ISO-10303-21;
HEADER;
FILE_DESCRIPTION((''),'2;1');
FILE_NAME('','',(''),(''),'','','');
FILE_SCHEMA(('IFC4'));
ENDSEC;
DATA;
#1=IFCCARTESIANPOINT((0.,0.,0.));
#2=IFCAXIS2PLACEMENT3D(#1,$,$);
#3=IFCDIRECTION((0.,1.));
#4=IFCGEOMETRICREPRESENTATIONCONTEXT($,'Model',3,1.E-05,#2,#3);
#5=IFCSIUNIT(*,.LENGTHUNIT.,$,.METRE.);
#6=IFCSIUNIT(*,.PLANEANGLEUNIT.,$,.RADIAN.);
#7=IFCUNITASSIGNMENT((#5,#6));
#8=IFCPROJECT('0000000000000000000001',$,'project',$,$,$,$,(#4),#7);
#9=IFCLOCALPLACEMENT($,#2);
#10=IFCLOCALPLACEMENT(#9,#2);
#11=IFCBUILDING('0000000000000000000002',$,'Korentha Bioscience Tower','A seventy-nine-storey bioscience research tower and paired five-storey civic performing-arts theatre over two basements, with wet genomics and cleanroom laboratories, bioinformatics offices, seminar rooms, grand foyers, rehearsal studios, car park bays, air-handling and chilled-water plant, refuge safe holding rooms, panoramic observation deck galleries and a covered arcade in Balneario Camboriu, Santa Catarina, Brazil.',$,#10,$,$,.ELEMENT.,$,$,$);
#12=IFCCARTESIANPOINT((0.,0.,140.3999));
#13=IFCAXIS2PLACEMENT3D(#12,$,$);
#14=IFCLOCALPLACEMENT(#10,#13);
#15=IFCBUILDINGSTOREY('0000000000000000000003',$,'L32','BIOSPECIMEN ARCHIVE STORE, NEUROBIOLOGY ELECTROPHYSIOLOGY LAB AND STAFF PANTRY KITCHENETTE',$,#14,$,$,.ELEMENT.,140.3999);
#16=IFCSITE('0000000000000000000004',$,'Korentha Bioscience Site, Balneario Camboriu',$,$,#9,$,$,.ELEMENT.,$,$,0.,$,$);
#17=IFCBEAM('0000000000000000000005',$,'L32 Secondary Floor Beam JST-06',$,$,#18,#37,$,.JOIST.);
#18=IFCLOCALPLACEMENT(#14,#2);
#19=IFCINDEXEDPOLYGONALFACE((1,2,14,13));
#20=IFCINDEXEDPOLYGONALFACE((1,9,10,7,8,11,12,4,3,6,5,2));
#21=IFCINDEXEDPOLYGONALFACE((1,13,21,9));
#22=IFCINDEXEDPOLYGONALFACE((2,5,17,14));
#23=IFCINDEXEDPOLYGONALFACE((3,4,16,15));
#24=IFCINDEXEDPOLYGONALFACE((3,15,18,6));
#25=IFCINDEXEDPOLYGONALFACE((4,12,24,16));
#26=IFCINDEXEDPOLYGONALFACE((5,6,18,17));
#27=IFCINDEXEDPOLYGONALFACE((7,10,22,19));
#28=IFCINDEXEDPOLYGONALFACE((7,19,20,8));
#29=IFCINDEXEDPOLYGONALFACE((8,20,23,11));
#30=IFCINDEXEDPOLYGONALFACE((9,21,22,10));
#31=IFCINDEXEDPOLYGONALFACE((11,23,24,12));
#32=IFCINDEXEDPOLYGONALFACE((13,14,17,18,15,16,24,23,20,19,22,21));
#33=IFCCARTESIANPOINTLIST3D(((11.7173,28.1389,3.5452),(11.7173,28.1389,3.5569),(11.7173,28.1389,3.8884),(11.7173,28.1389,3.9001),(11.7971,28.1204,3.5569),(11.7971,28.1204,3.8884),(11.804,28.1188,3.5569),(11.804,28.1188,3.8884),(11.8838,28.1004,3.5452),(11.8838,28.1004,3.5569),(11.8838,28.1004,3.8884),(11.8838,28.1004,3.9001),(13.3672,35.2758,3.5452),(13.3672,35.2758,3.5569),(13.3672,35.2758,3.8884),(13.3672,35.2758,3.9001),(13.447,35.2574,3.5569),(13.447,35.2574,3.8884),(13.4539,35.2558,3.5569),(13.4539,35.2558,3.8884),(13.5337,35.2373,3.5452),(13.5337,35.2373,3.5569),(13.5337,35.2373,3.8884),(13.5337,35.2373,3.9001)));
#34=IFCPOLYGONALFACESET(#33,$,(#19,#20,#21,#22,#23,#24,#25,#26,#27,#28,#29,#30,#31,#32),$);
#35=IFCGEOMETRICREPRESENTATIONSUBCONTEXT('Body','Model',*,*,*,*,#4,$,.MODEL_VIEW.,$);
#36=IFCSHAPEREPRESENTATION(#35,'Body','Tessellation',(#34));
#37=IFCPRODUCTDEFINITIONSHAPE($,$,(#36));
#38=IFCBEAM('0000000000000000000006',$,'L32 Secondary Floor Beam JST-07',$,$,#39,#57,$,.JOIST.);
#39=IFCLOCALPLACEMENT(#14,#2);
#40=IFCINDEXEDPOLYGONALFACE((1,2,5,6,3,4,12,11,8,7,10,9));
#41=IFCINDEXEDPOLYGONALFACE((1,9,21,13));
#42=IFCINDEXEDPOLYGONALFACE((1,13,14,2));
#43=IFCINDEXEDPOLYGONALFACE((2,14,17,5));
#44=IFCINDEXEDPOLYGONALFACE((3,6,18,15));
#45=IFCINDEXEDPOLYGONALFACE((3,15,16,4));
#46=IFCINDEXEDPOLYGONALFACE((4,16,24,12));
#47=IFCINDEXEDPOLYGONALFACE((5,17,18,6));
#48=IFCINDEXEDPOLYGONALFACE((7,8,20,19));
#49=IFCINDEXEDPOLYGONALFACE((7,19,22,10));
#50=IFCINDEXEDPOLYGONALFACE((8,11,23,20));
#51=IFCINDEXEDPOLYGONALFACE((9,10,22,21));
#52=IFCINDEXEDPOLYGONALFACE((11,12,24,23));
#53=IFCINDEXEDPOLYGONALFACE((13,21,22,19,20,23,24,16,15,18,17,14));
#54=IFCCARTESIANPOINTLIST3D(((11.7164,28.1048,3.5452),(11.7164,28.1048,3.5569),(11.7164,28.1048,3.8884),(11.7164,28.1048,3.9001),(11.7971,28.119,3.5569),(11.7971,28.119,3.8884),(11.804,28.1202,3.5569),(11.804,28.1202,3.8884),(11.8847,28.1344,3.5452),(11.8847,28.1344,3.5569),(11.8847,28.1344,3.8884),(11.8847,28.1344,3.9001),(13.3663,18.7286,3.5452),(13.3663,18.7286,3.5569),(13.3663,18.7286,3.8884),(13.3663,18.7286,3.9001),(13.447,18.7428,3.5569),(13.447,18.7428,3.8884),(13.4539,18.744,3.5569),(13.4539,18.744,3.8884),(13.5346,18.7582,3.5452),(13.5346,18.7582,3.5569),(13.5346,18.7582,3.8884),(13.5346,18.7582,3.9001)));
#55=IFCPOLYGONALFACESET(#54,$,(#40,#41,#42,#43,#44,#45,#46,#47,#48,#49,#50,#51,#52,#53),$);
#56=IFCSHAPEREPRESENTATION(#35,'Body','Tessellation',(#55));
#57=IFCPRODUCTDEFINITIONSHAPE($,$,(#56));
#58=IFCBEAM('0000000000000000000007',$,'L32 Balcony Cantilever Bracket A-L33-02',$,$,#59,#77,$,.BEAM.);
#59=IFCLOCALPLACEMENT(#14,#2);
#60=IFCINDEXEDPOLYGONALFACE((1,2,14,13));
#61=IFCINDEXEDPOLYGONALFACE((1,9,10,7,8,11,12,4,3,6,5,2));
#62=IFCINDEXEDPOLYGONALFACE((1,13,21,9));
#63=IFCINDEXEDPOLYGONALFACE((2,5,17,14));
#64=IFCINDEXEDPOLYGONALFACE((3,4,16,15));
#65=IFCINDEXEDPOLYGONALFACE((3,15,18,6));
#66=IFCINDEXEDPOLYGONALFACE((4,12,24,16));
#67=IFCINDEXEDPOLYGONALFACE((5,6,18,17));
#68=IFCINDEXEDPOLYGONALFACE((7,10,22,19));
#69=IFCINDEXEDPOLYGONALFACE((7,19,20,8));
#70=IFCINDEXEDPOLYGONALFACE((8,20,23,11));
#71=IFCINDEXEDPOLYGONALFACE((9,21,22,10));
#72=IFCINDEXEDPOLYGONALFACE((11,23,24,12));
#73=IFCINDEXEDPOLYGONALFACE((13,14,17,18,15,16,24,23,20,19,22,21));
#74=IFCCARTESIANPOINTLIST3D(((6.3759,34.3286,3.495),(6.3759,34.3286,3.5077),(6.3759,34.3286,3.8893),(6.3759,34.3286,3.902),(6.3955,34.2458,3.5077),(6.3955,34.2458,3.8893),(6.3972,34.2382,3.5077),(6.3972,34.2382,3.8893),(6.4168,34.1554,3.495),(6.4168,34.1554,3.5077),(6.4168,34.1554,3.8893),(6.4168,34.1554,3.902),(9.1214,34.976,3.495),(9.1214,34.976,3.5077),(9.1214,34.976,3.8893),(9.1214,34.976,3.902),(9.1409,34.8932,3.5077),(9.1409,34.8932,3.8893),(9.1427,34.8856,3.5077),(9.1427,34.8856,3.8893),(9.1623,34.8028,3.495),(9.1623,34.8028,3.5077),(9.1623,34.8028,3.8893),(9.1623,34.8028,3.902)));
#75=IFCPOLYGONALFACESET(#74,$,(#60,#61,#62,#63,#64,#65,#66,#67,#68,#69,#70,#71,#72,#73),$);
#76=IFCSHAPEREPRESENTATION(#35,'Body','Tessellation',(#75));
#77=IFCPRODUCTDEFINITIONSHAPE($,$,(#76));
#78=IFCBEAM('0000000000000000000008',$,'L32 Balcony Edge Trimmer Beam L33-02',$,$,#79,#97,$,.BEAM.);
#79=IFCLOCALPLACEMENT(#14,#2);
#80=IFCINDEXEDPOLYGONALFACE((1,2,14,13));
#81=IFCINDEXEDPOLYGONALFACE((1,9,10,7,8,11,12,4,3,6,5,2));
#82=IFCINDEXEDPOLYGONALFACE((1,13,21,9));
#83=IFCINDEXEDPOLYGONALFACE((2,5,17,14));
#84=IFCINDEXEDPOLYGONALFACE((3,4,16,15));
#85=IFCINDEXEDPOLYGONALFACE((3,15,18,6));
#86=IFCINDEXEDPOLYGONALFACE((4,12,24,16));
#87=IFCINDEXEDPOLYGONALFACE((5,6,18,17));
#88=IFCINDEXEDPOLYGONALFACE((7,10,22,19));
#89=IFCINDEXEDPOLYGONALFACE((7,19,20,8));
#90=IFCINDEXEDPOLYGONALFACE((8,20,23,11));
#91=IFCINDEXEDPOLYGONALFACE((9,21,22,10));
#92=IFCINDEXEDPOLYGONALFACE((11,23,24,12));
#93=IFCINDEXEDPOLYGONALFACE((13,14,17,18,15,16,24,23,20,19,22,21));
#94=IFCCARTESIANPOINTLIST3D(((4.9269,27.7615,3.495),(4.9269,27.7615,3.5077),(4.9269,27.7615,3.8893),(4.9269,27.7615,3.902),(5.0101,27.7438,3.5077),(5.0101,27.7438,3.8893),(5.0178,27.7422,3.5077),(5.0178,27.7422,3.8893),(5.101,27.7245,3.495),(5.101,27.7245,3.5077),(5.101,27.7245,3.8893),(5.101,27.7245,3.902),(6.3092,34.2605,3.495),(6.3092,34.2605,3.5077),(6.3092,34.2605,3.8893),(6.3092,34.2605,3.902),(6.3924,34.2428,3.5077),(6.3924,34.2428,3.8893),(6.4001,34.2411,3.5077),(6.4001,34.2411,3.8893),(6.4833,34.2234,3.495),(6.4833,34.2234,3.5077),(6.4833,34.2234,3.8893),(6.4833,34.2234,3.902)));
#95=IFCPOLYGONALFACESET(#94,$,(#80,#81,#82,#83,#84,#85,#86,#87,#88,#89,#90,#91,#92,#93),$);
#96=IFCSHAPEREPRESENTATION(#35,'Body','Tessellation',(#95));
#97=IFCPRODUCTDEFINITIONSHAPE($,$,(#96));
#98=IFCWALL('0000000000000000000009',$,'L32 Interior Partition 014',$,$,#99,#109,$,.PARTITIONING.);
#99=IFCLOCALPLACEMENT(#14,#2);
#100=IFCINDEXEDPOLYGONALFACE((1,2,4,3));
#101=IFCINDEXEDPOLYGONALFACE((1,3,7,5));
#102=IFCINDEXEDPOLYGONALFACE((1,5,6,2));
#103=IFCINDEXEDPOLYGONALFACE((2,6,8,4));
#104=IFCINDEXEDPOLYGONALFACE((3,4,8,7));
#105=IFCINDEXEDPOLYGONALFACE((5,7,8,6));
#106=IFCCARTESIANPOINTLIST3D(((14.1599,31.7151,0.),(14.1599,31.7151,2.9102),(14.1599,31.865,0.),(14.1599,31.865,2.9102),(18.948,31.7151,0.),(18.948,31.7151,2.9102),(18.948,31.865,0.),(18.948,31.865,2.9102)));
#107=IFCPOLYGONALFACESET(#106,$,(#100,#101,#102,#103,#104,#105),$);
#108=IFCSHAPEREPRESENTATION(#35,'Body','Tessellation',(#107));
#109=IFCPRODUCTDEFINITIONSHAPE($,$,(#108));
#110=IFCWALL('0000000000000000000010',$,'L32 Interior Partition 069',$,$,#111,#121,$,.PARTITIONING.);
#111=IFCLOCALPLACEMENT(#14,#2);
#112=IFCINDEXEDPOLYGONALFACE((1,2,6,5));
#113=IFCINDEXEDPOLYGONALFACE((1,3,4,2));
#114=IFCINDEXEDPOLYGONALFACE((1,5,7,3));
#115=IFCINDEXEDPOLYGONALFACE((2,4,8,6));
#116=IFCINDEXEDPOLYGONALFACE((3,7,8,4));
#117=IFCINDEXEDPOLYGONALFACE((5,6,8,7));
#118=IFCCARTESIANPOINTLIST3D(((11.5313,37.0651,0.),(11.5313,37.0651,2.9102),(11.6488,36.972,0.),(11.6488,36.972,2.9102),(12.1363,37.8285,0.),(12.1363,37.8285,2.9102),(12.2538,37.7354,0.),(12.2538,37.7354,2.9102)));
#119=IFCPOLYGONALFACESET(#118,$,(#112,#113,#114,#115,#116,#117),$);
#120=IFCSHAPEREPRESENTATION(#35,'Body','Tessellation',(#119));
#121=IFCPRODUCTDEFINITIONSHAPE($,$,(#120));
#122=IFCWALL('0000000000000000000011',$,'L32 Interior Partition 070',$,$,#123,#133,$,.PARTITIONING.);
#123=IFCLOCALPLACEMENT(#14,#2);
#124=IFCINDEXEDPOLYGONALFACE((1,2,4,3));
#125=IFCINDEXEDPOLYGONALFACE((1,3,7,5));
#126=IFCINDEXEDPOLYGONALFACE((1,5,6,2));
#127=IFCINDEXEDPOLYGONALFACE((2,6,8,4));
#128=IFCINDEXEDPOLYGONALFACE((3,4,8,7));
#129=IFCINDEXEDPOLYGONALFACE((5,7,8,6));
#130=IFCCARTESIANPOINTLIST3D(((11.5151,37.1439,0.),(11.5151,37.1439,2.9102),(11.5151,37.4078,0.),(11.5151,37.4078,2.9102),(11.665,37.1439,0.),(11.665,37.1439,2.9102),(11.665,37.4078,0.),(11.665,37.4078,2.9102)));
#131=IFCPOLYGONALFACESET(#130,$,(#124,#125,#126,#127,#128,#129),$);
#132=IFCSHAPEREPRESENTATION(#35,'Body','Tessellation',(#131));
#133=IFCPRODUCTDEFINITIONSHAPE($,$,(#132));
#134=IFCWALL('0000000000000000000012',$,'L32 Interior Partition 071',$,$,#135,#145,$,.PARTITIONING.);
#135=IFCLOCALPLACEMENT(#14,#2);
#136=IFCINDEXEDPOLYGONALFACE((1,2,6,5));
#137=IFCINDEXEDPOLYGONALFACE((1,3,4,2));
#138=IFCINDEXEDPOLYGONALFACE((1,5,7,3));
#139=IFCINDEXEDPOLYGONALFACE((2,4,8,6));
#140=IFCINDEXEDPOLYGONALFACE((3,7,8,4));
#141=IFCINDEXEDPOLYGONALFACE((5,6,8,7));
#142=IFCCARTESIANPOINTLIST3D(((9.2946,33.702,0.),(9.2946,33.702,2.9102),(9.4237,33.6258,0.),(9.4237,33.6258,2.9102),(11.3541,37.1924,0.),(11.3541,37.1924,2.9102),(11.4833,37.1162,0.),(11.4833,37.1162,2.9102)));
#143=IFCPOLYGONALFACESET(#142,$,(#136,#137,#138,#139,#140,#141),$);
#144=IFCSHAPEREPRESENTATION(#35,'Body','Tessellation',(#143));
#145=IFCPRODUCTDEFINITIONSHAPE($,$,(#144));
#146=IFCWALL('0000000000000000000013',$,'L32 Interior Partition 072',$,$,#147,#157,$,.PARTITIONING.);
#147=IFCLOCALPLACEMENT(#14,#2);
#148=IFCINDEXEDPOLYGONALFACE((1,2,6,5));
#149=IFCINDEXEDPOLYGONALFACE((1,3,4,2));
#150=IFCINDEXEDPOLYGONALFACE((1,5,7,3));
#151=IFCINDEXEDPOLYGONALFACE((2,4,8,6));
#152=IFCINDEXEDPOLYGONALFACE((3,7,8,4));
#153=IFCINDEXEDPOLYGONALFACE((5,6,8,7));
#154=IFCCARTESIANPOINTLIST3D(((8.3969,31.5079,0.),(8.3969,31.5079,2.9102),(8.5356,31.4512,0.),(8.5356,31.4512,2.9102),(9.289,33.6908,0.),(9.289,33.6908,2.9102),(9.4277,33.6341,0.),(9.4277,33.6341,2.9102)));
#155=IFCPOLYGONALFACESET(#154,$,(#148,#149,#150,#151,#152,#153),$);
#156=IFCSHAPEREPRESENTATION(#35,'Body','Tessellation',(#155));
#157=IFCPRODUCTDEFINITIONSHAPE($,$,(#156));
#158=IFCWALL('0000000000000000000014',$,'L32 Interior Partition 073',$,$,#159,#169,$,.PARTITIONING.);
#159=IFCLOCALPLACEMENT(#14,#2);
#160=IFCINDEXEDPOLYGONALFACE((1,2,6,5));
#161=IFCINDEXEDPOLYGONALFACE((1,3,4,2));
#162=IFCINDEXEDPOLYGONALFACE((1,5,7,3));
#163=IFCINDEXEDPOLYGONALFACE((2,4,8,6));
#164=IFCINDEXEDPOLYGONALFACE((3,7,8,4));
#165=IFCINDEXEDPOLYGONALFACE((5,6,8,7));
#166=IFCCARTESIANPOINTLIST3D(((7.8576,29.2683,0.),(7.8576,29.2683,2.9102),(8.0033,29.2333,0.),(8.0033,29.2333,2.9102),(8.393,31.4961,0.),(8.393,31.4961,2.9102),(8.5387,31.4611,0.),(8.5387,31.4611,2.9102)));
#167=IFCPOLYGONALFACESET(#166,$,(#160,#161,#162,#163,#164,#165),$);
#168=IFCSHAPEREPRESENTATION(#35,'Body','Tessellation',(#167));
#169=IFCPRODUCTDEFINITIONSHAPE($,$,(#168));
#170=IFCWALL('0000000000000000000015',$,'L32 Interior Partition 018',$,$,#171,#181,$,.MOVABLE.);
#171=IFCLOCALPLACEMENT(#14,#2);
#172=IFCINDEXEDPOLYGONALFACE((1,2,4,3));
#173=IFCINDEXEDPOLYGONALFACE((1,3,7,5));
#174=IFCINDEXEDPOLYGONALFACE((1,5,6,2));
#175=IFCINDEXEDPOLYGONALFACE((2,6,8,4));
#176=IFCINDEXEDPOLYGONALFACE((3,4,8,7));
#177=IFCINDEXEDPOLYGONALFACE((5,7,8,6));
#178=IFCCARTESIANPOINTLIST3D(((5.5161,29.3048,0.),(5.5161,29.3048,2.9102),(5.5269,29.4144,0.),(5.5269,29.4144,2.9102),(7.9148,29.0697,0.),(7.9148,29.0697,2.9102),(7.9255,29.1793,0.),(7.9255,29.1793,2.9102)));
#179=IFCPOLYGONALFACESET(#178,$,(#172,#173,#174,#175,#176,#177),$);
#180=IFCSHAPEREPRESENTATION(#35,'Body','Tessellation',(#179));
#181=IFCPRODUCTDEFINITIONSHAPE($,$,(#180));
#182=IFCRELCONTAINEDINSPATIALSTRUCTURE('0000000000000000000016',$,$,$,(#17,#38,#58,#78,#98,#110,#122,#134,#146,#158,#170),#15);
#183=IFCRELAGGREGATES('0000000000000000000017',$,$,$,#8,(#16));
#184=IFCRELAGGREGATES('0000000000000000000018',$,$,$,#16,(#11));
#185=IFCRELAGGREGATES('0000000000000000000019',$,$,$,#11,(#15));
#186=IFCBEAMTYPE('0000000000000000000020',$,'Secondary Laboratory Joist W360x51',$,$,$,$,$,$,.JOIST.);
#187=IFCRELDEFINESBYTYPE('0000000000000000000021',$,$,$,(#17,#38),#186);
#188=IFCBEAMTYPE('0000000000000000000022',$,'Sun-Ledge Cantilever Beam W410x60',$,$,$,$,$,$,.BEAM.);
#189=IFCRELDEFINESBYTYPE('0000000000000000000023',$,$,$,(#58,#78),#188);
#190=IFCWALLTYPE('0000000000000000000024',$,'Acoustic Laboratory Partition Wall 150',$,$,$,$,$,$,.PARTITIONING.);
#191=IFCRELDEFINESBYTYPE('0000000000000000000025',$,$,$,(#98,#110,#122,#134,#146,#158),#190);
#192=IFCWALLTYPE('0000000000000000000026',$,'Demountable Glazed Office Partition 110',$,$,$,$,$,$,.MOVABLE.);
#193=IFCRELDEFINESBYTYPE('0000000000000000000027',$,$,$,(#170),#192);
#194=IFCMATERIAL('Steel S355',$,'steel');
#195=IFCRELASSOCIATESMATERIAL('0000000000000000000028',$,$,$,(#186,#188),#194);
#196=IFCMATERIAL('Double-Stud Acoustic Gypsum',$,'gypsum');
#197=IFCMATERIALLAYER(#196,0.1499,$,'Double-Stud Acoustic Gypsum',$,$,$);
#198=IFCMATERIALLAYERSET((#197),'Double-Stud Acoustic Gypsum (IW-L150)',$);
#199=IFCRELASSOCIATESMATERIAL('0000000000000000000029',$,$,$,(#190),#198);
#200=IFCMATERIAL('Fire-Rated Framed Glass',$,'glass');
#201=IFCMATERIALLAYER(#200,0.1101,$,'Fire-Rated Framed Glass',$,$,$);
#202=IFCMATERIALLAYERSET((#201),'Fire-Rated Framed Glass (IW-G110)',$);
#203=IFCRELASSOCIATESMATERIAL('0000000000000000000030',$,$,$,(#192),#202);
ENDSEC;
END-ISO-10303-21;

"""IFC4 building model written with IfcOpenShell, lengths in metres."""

from ifc_helpers import new_model, si_unit, direction, frame, frame_2d, origin, origin_2d, place, context, subcontext, project, spatial, rectangle, i_section, extrude, material, layer, layer_set, material_profile, profile_set, type_object, element, save


model = new_model("IFC4")

# Units and contexts
model_context = context("Model", 3, precision=1e-05, world=origin(), true_north=direction((0.0, 1.0)))
body_context = subcontext(model_context, "Body", "Model", "MODEL_VIEW")
ifc_project = project(units=[si_unit("LENGTHUNIT", "METRE"), si_unit("PLANEANGLEUNIT", "RADIAN")], contexts=[model_context])

# Site, building, storey
site_placement = place(None, origin())
site = spatial("IfcSite", under=ifc_project, at=site_placement, Name="Korentha Bioscience Site, Balneario Camboriu", CompositionType="ELEMENT", RefElevation=0.0)
building_placement = place(site_placement, origin())
building = spatial("IfcBuilding", under=site, at=building_placement, Name="Korentha Bioscience Tower", Description="A seventy-nine-storey bioscience research tower and paired five-storey civic performing-arts theatre over two basements, with wet genomics and cleanroom laboratories, bioinformatics offices, seminar rooms, grand foyers, rehearsal studios, car park bays, air-handling and chilled-water plant, refuge safe holding rooms, panoramic observation deck galleries and a covered arcade in Balneario Camboriu, Santa Catarina, Brazil.", CompositionType="ELEMENT")
storey_placement = place(building_placement, frame((0.0, 0.0, 140.3999)))
storey = spatial("IfcBuildingStorey", under=building, at=storey_placement, Name="L32", Description="BIOSPECIMEN ARCHIVE STORE, NEUROBIOLOGY ELECTROPHYSIOLOGY LAB AND STAFF PANTRY KITCHENETTE", CompositionType="ELEMENT", Elevation=140.3999)

# Beams
ifc_material_1 = material(Name="Steel S355", Category="steel")
ifc_material_profile_1 = material_profile(ifc_material_1, i_section(OverallWidth=0.1709, OverallDepth=0.355, WebThickness=0.0071, FlangeThickness=0.0117, at=origin_2d()), Name="Steel S355")
ifc_profile_set_1 = profile_set([ifc_material_profile_1], Name="Steel S355 (JB-360)")
beam_type_1 = type_object("IfcBeamType", Name="Secondary Laboratory Joist W360x51", PredefinedType="JOIST", material=ifc_profile_set_1)
beam_1_placement = place(storey_placement, frame((13.4504, 35.2566, 3.7227), z_axis=(-0.225237, -0.974304, 0.0), x_axis=(0.974304, -0.225237, 0.0)))
element("IfcBeam", 1, at=beam_1_placement, inside=storey, type_object=beam_type_1, Name="L32 Secondary Floor Beam JST-06", PredefinedType="JOIST", context=body_context, shape_type="SweptSolid", body=[
    extrude(i_section(OverallWidth=0.1709, OverallDepth=0.355, WebThickness=0.0071, FlangeThickness=0.0117, at=origin_2d()), origin(), (0.0, 0.0, 1.0), 7.3252),
])
beam_2_placement = place(storey_placement, frame((11.8005, 28.1196, 3.7227), z_axis=(0.173304, -0.984868, 0.0), x_axis=(0.984868, 0.173304, 0.0)))
element("IfcBeam", 2, at=beam_2_placement, inside=storey, type_object=beam_type_1, Name="L32 Secondary Floor Beam JST-07", PredefinedType="JOIST", context=body_context, shape_type="SweptSolid", body=[
    extrude(i_section(OverallWidth=0.1709, OverallDepth=0.355, WebThickness=0.0071, FlangeThickness=0.0117, at=origin_2d()), origin(), (0.0, 0.0, 1.0), 9.5203),
])
ifc_material_profile_2 = material_profile(ifc_material_1, i_section(OverallWidth=0.178, OverallDepth=0.407, WebThickness=0.0078, FlangeThickness=0.0127, at=origin_2d()), Name="Steel S355")
ifc_profile_set_2 = profile_set([ifc_material_profile_2], Name="Steel S355 (CB-410)")
beam_type_2 = type_object("IfcBeamType", Name="Sun-Ledge Cantilever Beam W410x60", PredefinedType="BEAM", material=ifc_profile_set_2)
beam_3_placement = place(storey_placement, frame((9.1418, 34.8894, 3.6985), z_axis=(-0.973304, -0.229522, 0.0), x_axis=(0.229522, -0.973304, 0.0)))
element("IfcBeam", 3, at=beam_3_placement, inside=storey, type_object=beam_type_2, Name="L32 Balcony Cantilever Bracket A-L33-02", PredefinedType="BEAM", context=body_context, shape_type="SweptSolid", body=[
    extrude(i_section(OverallWidth=0.178, OverallDepth=0.407, WebThickness=0.0078, FlangeThickness=0.0127, at=origin_2d()), origin(), (0.0, 0.0, 1.0), 2.8208),
])
beam_4_placement = place(storey_placement, frame((6.3962, 34.2419, 3.6985), z_axis=(-0.208043, -0.97812, 0.0), x_axis=(0.97812, -0.208043, 0.0)))
element("IfcBeam", 4, at=beam_4_placement, inside=storey, type_object=beam_type_2, Name="L32 Balcony Edge Trimmer Beam L33-02", PredefinedType="BEAM", context=body_context, shape_type="SweptSolid", body=[
    extrude(i_section(OverallWidth=0.178, OverallDepth=0.407, WebThickness=0.0078, FlangeThickness=0.0127, at=origin_2d()), origin(), (0.0, 0.0, 1.0), 6.6443),
])

# Walls
ifc_material_2 = material(Name="Double-Stud Acoustic Gypsum", Category="gypsum")
ifc_layer_1 = layer(ifc_material_2, 0.1499, Name="Double-Stud Acoustic Gypsum")
ifc_layer_set_1 = layer_set([ifc_layer_1], Name="Double-Stud Acoustic Gypsum (IW-L150)")
wall_type_1 = type_object("IfcWallType", Name="Acoustic Laboratory Partition Wall 150", PredefinedType="PARTITIONING", material=ifc_layer_set_1)
wall_1_placement = place(storey_placement, frame((14.1599, 31.79, 0.0), z_axis=(0.0, 0.0, 1.0), x_axis=(1.0, 0.0, 0.0)))
element("IfcWall", 5, at=wall_1_placement, inside=storey, type_object=wall_type_1, Name="L32 Interior Partition 014", PredefinedType="PARTITIONING", context=body_context, shape_type="SweptSolid", body=[
    extrude(rectangle(XDim=4.7881, YDim=0.1499, at=frame_2d((2.394, 0.0))), origin(), (0.0, 0.0, 1.0), 2.9102),
])
wall_2_placement = place(storey_placement, frame((12.1951, 37.782, 0.0), z_axis=(0.0, 0.0, 1.0), x_axis=(-0.621082, -0.783746, 0.0)))
element("IfcWall", 6, at=wall_2_placement, inside=storey, type_object=wall_type_1, Name="L32 Interior Partition 069", PredefinedType="PARTITIONING", context=body_context, shape_type="SweptSolid", body=[
    extrude(rectangle(XDim=0.9741, YDim=0.1499, at=frame_2d((0.4871, 0.0))), origin(), (0.0, 0.0, 1.0), 2.9102),
])
wall_3_placement = place(storey_placement, frame((11.5901, 37.144, 0.0), z_axis=(0.0, 0.0, 1.0), x_axis=(0.0, 1.0, 0.0)))
element("IfcWall", 7, at=wall_3_placement, inside=storey, type_object=wall_type_1, Name="L32 Interior Partition 070", PredefinedType="PARTITIONING", context=body_context, shape_type="SweptSolid", body=[
    extrude(rectangle(XDim=0.2639, YDim=0.1499, at=frame_2d((0.1318, 0.0))), origin(), (0.0, 0.0, 1.0), 2.9102),
])
wall_4_placement = place(storey_placement, frame((11.4187, 37.1543, 0.0), z_axis=(0.0, 0.0, 1.0), x_axis=(-0.508183, -0.861249, 0.0)))
element("IfcWall", 8, at=wall_4_placement, inside=storey, type_object=wall_type_1, Name="L32 Interior Partition 071", PredefinedType="PARTITIONING", context=body_context, shape_type="SweptSolid", body=[
    extrude(rectangle(XDim=4.0527, YDim=0.1499, at=frame_2d((2.0264, 0.0))), origin(), (0.0, 0.0, 1.0), 2.9102),
])
wall_5_placement = place(storey_placement, frame((9.3584, 33.6626, 0.0), z_axis=(0.0, 0.0, 1.0), x_axis=(-0.378306, -0.92568, 0.0)))
element("IfcWall", 9, at=wall_5_placement, inside=storey, type_object=wall_type_1, Name="L32 Interior Partition 072", PredefinedType="PARTITIONING", context=body_context, shape_type="SweptSolid", body=[
    extrude(rectangle(XDim=2.3582, YDim=0.1499, at=frame_2d((1.1792, 0.0))), origin(), (0.0, 0.0, 1.0), 2.9102),
])
wall_6_placement = place(storey_placement, frame((8.4658, 31.4785, 0.0), z_axis=(0.0, 0.0, 1.0), x_axis=(-0.233675, -0.972315, 0.0)))
element("IfcWall", 10, at=wall_6_placement, inside=storey, type_object=wall_type_1, Name="L32 Interior Partition 073", PredefinedType="PARTITIONING", context=body_context, shape_type="SweptSolid", body=[
    extrude(rectangle(XDim=2.2913, YDim=0.1499, at=frame_2d((1.1455, 0.0))), origin(), (0.0, 0.0, 1.0), 2.9102),
])
ifc_material_3 = material(Name="Fire-Rated Framed Glass", Category="glass")
ifc_layer_2 = layer(ifc_material_3, 0.1101, Name="Fire-Rated Framed Glass")
ifc_layer_set_2 = layer_set([ifc_layer_2], Name="Fire-Rated Framed Glass (IW-G110)")
wall_type_2 = type_object("IfcWallType", Name="Demountable Glazed Office Partition 110", PredefinedType="MOVABLE", material=ifc_layer_set_2)
wall_7_placement = place(storey_placement, frame((5.5215, 29.3596, 0.0), z_axis=(0.0, 0.0, 1.0), x_axis=(0.995231, -0.097548, 0.0)))
element("IfcWall", 11, at=wall_7_placement, inside=storey, type_object=wall_type_2, Name="L32 Interior Partition 018", PredefinedType="MOVABLE", context=body_context, shape_type="SweptSolid", body=[
    extrude(rectangle(XDim=2.4102, YDim=0.1101, at=frame_2d((1.2051, 0.0))), origin(), (0.0, 0.0, 1.0), 2.9102),
])

save(model, "model.ifc")
